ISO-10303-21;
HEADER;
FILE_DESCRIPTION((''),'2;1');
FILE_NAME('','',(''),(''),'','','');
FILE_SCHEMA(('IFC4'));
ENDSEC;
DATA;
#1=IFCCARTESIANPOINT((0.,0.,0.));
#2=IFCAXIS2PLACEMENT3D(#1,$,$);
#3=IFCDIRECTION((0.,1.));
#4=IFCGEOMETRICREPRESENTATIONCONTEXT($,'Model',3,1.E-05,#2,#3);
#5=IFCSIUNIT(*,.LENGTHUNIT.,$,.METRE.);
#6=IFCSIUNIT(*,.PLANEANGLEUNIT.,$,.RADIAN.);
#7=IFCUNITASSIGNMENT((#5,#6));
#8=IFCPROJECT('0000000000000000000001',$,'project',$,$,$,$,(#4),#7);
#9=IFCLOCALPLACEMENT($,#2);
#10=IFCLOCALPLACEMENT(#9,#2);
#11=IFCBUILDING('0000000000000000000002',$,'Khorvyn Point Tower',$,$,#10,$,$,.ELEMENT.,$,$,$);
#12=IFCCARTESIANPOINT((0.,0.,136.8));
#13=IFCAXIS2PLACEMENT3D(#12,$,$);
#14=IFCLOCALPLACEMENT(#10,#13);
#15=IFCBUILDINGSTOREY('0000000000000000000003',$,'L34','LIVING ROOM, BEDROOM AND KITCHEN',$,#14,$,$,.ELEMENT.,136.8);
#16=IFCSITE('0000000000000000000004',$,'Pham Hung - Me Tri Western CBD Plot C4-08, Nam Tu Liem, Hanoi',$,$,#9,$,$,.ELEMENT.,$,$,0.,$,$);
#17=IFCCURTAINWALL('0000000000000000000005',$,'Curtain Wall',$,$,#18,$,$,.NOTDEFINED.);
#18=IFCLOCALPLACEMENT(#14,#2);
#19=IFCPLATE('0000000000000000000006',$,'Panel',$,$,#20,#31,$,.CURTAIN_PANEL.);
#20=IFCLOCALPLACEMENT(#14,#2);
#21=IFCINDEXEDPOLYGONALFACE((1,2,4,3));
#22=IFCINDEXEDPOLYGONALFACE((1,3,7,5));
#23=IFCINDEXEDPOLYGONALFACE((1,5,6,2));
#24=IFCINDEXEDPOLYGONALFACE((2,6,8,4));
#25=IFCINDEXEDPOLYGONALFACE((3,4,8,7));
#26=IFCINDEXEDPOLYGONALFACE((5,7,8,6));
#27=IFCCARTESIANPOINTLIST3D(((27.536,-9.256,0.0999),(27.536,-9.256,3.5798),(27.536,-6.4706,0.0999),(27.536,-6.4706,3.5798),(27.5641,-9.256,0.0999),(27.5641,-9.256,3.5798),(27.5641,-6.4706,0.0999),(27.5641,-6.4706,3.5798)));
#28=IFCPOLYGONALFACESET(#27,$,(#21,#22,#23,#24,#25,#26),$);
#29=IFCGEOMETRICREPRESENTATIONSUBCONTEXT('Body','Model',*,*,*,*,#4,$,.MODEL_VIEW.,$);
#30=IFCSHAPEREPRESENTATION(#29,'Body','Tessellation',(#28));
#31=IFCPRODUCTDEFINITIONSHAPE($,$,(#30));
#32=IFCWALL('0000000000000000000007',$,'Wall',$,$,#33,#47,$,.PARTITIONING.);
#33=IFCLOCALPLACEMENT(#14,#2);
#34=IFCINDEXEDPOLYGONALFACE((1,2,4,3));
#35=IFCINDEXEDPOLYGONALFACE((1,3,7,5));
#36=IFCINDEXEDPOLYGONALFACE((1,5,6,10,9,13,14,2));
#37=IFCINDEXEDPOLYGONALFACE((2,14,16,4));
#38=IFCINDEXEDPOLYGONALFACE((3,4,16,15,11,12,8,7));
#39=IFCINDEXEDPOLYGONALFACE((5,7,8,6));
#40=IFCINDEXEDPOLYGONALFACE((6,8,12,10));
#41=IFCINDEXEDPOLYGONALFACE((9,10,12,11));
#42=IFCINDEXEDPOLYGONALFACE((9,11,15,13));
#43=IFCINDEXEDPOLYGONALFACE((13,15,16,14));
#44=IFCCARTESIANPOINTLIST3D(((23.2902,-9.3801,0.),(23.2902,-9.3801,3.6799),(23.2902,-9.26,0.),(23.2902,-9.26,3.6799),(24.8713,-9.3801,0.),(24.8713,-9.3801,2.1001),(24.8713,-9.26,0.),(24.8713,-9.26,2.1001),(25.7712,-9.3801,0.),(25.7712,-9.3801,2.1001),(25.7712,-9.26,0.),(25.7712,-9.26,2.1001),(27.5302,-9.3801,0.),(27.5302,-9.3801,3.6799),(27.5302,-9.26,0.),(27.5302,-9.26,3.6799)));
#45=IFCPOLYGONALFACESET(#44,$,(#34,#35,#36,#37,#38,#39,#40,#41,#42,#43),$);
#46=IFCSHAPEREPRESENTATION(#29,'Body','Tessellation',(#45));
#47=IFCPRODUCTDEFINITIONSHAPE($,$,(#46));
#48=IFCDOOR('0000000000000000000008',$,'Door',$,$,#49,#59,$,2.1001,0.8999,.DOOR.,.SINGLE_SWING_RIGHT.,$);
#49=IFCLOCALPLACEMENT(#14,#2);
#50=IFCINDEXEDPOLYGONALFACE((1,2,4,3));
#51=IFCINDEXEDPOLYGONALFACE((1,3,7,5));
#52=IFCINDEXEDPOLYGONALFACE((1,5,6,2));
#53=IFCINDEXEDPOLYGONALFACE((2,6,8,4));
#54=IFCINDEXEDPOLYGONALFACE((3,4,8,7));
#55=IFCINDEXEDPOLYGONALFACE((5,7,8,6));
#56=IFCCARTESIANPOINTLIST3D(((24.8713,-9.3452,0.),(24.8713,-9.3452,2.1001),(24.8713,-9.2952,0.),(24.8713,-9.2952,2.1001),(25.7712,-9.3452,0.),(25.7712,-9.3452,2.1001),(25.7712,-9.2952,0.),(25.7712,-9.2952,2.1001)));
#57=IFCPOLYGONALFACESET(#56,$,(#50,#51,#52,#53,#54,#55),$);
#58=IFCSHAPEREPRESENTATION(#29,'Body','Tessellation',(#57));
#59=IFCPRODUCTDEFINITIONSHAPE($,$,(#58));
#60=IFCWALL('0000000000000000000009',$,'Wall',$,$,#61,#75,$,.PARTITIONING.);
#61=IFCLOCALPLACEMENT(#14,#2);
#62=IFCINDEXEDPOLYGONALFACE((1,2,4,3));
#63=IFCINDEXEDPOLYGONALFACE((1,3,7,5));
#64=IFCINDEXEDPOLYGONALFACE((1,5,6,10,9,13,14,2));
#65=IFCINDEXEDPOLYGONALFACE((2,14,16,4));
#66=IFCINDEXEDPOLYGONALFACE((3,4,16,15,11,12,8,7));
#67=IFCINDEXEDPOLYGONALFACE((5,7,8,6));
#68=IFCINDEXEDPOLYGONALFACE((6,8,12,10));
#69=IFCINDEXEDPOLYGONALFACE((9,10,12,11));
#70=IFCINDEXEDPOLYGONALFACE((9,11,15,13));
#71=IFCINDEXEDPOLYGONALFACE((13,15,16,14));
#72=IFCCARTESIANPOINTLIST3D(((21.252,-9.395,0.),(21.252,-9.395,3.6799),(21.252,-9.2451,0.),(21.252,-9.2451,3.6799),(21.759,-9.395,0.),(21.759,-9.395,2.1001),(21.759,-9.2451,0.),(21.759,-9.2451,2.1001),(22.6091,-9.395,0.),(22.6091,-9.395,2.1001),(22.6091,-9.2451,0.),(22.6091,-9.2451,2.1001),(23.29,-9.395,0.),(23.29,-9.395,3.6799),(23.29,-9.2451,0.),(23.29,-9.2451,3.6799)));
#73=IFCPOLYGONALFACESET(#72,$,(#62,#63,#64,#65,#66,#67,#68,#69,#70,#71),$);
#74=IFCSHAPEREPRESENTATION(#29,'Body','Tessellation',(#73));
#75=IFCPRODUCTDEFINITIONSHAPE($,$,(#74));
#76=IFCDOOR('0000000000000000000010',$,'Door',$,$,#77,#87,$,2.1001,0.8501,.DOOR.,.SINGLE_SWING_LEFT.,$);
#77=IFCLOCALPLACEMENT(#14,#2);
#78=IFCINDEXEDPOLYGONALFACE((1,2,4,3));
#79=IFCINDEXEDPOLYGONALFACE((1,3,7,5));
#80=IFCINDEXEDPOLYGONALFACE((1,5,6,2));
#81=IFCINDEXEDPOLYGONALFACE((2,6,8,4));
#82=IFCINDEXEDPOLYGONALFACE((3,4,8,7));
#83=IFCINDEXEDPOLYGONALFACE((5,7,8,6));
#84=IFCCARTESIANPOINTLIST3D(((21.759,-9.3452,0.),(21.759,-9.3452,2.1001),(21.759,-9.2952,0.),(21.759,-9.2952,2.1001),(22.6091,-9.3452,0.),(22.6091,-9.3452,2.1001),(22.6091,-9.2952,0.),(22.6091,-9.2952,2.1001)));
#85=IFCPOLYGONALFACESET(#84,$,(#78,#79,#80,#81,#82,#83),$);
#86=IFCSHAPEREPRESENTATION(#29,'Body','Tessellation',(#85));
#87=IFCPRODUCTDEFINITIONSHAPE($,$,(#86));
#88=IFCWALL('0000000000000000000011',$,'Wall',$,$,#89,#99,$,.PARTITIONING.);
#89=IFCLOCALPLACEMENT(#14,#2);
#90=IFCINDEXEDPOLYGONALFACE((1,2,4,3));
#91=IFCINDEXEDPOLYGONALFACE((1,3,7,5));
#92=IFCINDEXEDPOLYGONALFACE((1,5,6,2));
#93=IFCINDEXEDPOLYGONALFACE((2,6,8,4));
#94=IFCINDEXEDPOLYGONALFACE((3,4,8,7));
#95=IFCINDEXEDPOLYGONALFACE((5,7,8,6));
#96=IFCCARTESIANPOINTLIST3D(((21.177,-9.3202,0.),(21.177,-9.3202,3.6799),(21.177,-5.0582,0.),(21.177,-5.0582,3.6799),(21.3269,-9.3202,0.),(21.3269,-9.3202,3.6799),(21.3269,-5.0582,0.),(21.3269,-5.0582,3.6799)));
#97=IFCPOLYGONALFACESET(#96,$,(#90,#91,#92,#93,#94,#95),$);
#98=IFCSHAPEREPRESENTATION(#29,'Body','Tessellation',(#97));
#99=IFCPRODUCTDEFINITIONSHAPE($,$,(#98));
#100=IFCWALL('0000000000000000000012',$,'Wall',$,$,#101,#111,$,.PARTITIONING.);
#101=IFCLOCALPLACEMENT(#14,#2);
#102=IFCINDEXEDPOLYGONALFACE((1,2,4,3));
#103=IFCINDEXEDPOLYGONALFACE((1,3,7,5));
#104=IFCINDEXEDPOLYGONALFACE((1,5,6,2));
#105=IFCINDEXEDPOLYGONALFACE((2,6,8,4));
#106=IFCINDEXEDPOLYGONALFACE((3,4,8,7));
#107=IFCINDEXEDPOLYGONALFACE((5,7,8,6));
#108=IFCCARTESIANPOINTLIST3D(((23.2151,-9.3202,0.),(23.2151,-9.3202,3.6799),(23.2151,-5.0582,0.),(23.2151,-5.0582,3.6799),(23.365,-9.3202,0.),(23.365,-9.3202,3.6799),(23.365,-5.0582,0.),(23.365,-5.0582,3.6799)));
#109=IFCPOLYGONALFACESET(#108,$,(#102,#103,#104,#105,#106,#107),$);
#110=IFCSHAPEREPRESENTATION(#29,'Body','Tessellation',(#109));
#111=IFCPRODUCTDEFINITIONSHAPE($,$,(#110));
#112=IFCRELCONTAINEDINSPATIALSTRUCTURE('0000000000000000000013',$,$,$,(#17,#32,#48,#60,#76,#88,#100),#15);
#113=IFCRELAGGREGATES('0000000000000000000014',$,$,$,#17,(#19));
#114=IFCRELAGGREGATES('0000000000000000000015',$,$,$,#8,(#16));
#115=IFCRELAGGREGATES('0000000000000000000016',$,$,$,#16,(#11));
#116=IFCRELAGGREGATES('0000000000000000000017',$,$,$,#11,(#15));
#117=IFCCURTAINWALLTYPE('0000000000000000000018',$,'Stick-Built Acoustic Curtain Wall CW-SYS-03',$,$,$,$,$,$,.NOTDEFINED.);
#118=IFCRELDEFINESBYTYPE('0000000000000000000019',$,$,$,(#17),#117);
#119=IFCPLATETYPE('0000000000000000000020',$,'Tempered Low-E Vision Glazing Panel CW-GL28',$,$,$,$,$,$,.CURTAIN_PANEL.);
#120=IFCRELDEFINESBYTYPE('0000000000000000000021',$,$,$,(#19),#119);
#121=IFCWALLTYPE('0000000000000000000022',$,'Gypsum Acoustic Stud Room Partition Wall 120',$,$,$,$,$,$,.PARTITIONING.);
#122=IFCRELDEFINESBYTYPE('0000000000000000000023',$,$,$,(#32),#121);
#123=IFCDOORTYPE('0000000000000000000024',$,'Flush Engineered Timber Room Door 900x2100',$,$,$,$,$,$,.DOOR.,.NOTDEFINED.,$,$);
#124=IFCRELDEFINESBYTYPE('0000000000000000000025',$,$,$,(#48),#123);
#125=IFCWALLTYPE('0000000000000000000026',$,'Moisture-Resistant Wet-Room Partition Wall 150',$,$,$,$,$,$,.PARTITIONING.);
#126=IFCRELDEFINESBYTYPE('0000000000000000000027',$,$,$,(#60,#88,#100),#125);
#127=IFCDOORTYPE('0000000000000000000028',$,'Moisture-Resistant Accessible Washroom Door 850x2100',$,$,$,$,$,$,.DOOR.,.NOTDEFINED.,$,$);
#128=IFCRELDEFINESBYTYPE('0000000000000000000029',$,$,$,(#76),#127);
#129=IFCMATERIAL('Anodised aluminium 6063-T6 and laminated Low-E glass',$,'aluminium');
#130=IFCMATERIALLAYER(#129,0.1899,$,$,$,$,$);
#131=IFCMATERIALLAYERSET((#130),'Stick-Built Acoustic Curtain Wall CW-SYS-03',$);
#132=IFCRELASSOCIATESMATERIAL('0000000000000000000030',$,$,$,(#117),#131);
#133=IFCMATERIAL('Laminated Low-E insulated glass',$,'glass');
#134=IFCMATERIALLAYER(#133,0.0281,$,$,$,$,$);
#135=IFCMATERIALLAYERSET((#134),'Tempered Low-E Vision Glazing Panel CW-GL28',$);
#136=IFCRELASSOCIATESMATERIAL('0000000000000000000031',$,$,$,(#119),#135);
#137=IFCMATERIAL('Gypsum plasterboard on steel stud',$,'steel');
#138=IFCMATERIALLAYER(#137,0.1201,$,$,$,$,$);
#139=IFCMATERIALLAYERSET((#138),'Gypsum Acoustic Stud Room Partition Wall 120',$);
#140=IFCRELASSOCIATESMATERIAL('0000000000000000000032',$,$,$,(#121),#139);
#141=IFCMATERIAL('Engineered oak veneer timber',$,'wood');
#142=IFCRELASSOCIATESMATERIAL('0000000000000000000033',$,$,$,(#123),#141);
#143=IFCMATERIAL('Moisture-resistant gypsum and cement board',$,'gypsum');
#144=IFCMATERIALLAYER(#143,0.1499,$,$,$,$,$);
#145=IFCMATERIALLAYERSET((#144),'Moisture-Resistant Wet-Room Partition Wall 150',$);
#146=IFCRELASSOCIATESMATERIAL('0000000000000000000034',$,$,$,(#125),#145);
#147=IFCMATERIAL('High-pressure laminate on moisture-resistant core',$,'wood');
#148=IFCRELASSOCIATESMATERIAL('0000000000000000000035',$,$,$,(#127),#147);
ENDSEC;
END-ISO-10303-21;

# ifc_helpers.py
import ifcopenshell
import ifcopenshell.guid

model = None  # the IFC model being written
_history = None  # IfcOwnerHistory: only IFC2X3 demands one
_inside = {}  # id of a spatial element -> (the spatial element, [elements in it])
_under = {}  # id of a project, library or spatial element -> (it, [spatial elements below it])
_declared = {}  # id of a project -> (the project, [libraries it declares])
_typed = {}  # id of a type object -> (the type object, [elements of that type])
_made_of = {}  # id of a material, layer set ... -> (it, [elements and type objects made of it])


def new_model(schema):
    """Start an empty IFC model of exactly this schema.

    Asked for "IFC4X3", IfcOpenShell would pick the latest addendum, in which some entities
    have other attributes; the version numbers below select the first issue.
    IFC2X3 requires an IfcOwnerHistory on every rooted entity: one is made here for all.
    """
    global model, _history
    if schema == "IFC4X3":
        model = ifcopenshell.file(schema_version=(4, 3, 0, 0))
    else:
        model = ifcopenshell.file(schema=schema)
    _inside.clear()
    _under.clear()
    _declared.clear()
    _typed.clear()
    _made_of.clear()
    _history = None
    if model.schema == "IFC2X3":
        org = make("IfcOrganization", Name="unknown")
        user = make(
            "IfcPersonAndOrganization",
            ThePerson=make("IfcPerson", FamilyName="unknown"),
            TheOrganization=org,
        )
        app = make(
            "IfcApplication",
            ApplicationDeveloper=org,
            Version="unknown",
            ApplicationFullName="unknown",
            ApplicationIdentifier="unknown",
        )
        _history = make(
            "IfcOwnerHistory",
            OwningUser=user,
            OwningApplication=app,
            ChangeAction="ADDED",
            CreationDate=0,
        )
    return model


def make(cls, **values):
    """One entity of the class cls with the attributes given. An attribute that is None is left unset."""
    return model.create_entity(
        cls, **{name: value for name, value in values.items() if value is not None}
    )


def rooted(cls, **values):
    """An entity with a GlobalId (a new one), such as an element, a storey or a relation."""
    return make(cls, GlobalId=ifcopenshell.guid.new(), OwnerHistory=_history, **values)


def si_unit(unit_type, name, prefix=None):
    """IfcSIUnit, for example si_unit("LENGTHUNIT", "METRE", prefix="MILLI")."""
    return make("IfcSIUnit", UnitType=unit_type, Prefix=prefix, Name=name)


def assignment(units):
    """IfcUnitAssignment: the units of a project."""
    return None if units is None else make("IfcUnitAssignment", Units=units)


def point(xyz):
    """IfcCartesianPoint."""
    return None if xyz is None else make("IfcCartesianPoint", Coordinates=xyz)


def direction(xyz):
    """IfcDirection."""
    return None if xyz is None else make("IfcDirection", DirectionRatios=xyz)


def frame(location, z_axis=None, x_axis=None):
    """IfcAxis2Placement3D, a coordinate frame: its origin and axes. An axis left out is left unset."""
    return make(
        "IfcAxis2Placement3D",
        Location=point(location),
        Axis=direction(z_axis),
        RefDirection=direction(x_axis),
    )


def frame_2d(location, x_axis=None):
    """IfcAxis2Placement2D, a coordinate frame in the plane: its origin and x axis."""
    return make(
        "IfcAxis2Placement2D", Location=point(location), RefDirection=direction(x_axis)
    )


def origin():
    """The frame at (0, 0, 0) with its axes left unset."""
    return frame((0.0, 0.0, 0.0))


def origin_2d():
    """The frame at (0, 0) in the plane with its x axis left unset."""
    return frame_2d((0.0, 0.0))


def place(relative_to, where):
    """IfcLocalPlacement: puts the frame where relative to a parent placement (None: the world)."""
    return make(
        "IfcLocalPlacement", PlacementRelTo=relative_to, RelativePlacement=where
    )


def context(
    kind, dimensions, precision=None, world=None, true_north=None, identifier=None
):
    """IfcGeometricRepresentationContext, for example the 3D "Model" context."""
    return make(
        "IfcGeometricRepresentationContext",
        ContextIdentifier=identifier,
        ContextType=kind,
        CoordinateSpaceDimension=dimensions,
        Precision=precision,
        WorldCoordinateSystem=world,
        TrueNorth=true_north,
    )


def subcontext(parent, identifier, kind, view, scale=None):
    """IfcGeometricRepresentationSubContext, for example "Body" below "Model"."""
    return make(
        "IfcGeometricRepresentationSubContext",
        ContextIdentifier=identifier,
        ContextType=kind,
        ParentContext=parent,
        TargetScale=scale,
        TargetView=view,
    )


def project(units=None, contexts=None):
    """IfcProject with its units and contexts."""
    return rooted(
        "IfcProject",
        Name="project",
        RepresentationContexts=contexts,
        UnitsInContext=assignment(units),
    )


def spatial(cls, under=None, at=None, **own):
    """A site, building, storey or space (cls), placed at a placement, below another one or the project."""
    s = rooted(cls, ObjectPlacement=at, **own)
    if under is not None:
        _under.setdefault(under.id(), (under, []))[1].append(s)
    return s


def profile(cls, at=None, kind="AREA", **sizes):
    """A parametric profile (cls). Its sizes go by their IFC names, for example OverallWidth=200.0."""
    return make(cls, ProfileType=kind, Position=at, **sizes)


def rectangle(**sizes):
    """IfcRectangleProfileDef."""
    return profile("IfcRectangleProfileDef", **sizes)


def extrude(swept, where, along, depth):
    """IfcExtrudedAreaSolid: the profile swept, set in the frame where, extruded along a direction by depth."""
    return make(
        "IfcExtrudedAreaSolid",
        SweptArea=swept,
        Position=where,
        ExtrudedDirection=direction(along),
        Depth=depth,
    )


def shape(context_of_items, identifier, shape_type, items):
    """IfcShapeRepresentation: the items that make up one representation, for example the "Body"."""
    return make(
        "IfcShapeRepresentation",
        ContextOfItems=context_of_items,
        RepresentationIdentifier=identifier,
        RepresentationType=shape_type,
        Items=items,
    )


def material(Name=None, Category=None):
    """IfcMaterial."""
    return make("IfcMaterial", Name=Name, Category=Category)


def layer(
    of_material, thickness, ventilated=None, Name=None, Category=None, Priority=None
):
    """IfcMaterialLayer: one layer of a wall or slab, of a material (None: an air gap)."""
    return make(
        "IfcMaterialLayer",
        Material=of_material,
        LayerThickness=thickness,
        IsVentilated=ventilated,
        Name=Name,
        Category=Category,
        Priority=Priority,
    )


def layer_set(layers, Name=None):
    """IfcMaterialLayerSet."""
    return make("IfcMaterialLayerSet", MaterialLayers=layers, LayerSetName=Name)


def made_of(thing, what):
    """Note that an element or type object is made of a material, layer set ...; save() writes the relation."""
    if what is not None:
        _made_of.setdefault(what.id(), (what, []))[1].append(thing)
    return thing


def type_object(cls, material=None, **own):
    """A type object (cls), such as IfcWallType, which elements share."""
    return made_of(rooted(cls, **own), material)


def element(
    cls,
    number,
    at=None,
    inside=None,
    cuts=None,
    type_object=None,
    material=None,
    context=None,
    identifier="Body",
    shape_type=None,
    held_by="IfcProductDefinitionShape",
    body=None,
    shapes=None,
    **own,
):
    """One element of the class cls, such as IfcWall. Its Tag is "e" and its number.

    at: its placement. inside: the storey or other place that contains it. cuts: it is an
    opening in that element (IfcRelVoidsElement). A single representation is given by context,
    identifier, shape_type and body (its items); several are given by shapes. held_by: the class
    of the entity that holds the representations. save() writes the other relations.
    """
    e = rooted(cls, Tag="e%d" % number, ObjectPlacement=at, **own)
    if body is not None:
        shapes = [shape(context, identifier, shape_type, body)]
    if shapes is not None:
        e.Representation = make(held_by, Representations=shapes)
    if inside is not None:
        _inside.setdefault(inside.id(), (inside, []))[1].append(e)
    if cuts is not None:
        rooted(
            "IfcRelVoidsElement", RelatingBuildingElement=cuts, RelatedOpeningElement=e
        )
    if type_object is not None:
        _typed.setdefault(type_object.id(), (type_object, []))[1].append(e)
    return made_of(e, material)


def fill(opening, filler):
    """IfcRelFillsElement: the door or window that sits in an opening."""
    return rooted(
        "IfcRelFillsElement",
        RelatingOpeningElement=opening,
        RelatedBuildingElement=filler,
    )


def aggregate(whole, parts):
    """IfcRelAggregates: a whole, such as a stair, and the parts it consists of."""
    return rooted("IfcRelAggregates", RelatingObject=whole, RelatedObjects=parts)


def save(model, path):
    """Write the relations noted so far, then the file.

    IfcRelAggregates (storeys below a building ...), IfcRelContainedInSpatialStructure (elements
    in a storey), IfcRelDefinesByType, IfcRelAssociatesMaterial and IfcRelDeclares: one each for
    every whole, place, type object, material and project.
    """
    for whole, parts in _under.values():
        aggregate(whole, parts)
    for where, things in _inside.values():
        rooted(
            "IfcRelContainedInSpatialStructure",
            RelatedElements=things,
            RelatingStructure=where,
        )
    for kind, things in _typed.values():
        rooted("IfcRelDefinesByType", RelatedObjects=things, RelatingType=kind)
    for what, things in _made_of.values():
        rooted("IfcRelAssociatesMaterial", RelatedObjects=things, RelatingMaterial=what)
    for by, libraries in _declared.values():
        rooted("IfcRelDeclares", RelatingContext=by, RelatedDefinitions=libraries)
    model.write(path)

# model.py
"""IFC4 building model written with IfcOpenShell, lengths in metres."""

from ifc_helpers import new_model, si_unit, direction, frame, frame_2d, origin, origin_2d, place, context, subcontext, project, spatial, rectangle, extrude, material, layer, layer_set, type_object, element, fill, aggregate, save


model = new_model("IFC4")

# Units and contexts
model_context = context("Model", 3, precision=1e-05, world=origin(), true_north=direction((0.0, 1.0)))
body_context = subcontext(model_context, "Body", "Model", "MODEL_VIEW")
ifc_project = project(units=[si_unit("LENGTHUNIT", "METRE"), si_unit("PLANEANGLEUNIT", "RADIAN")], contexts=[model_context])

# Site, building, storey
site_placement = place(None, origin())
site = spatial("IfcSite", under=ifc_project, at=site_placement, Name="Pham Hung - Me Tri Western CBD Plot C4-08, Nam Tu Liem, Hanoi", CompositionType="ELEMENT", RefElevation=0.0)
building_placement = place(site_placement, origin())
building = spatial("IfcBuilding", under=site, at=building_placement, Name="Khorvyn Point Tower", CompositionType="ELEMENT")
storey_placement = place(building_placement, frame((0.0, 0.0, 136.8)))
storey = spatial("IfcBuildingStorey", under=building, at=storey_placement, Name="L34", Description="LIVING ROOM, BEDROOM AND KITCHEN", CompositionType="ELEMENT", Elevation=136.8)

# Curtain wall
ifc_material_1 = material(Name="Anodised aluminium 6063-T6 and laminated Low-E glass", Category="aluminium")
ifc_layer_1 = layer(ifc_material_1, 0.1899)
ifc_layer_set_1 = layer_set([ifc_layer_1], Name="Stick-Built Acoustic Curtain Wall CW-SYS-03")
curtain_wall_type = type_object("IfcCurtainWallType", Name="Stick-Built Acoustic Curtain Wall CW-SYS-03", PredefinedType="NOTDEFINED", material=ifc_layer_set_1)
curtain_wall_placement = place(storey_placement, origin())
curtain_wall = element("IfcCurtainWall", 1, at=curtain_wall_placement, inside=storey, type_object=curtain_wall_type, Name="Curtain Wall", PredefinedType="NOTDEFINED")

# Plate
ifc_material_2 = material(Name="Laminated Low-E insulated glass", Category="glass")
ifc_layer_2 = layer(ifc_material_2, 0.0281)
ifc_layer_set_2 = layer_set([ifc_layer_2], Name="Tempered Low-E Vision Glazing Panel CW-GL28")
plate_type = type_object("IfcPlateType", Name="Tempered Low-E Vision Glazing Panel CW-GL28", PredefinedType="CURTAIN_PANEL", material=ifc_layer_set_2)
plate_1_placement = place(storey_placement, frame((27.55, -7.8633, 0.0999), z_axis=(0.0, 0.0, 1.0), x_axis=(0.0, -1.0, 0.0)))
plate_1 = element("IfcPlate", 2, at=plate_1_placement, type_object=plate_type, Name="Panel", PredefinedType="CURTAIN_PANEL", context=body_context, shape_type="SweptSolid", body=[
    extrude(rectangle(XDim=2.7854, YDim=0.0281, at=origin_2d()), origin(), (0.0, 0.0, 1.0), 3.48),
])
aggregate(curtain_wall, [plate_1])

# Walls, openings, doors
ifc_material_3 = material(Name="Gypsum plasterboard on steel stud", Category="steel")
ifc_layer_3 = layer(ifc_material_3, 0.1201)
ifc_layer_set_3 = layer_set([ifc_layer_3], Name="Gypsum Acoustic Stud Room Partition Wall 120")
wall_type_1 = type_object("IfcWallType", Name="Gypsum Acoustic Stud Room Partition Wall 120", PredefinedType="PARTITIONING", material=ifc_layer_set_3)
wall_1_placement = place(storey_placement, frame((23.29, -9.3201, 0.0), z_axis=(0.0, 0.0, 1.0), x_axis=(1.0, 0.0, 0.0)))
wall_1 = element("IfcWall", 3, at=wall_1_placement, inside=storey, type_object=wall_type_1, Name="Wall", PredefinedType="PARTITIONING", context=body_context, shape_type="SweptSolid", body=[
    extrude(rectangle(XDim=4.24, YDim=0.1201, at=frame_2d((2.1201, 0.0))), origin(), (0.0, 0.0, 1.0), 3.6799),
])
opening_1_placement = place(wall_1_placement, frame((1.5813, 0.0, 0.0)))
opening_1 = element("IfcOpeningElement", 4, at=opening_1_placement, cuts=wall_1, PredefinedType="OPENING", context=body_context, shape_type="SweptSolid", body=[
    extrude(rectangle(XDim=0.8999, YDim=2.1001, at=frame_2d((0.45, 1.05))), frame((0.0, 0.0701, 0.0), z_axis=(0.0, -1.0, 0.0), x_axis=(1.0, 0.0, 0.0)), (0.0, 0.0, 1.0), 0.1401),
])
ifc_material_4 = material(Name="Engineered oak veneer timber", Category="wood")
door_type_1 = type_object("IfcDoorType", Name="Flush Engineered Timber Room Door 900x2100", OperationType="NOTDEFINED", PredefinedType="DOOR", material=ifc_material_4)
door_1_placement = place(opening_1_placement, origin())
door_1 = element("IfcDoor", 5, at=door_1_placement, inside=storey, type_object=door_type_1, Name="Door", OperationType="SINGLE_SWING_RIGHT", OverallHeight=2.1001, OverallWidth=0.8999, PredefinedType="DOOR", context=body_context, shape_type="SweptSolid", body=[
    extrude(rectangle(XDim=0.8999, YDim=2.1001, at=frame_2d((0.45, 1.05))), frame((0.0, 0.0249, 0.0), z_axis=(0.0, -1.0, 0.0), x_axis=(1.0, 0.0, 0.0)), (0.0, 0.0, 1.0), 0.05),
])
fill(opening_1, door_1)
ifc_material_5 = material(Name="Moisture-resistant gypsum and cement board", Category="gypsum")
ifc_layer_4 = layer(ifc_material_5, 0.1499)
ifc_layer_set_4 = layer_set([ifc_layer_4], Name="Moisture-Resistant Wet-Room Partition Wall 150")
wall_type_2 = type_object("IfcWallType", Name="Moisture-Resistant Wet-Room Partition Wall 150", PredefinedType="PARTITIONING", material=ifc_layer_set_4)
wall_2_placement = place(storey_placement, frame((21.252, -9.3201, 0.0), z_axis=(0.0, 0.0, 1.0), x_axis=(1.0, 0.0, 0.0)))
wall_2 = element("IfcWall", 6, at=wall_2_placement, inside=storey, type_object=wall_type_2, Name="Wall", PredefinedType="PARTITIONING", context=body_context, shape_type="SweptSolid", body=[
    extrude(rectangle(XDim=2.0381, YDim=0.1499, at=frame_2d((1.019, 0.0))), origin(), (0.0, 0.0, 1.0), 3.6799),
])
opening_2_placement = place(wall_2_placement, frame((0.5071, 0.0, 0.0)))
opening_2 = element("IfcOpeningElement", 7, at=opening_2_placement, cuts=wall_2, PredefinedType="OPENING", context=body_context, shape_type="SweptSolid", body=[
    extrude(rectangle(XDim=0.8501, YDim=2.1001, at=frame_2d((0.425, 1.05))), frame((0.0, 0.085, 0.0), z_axis=(0.0, -1.0, 0.0), x_axis=(1.0, 0.0, 0.0)), (0.0, 0.0, 1.0), 0.1699),
])
ifc_material_6 = material(Name="High-pressure laminate on moisture-resistant core", Category="wood")
door_type_2 = type_object("IfcDoorType", Name="Moisture-Resistant Accessible Washroom Door 850x2100", OperationType="NOTDEFINED", PredefinedType="DOOR", material=ifc_material_6)
door_2_placement = place(opening_2_placement, origin())
door_2 = element("IfcDoor", 8, at=door_2_placement, inside=storey, type_object=door_type_2, Name="Door", OperationType="SINGLE_SWING_LEFT", OverallHeight=2.1001, OverallWidth=0.8501, PredefinedType="DOOR", context=body_context, shape_type="SweptSolid", body=[
    extrude(rectangle(XDim=0.8501, YDim=2.1001, at=frame_2d((0.425, 1.05))), frame((0.0, 0.0249, 0.0), z_axis=(0.0, -1.0, 0.0), x_axis=(1.0, 0.0, 0.0)), (0.0, 0.0, 1.0), 0.05),
])
fill(opening_2, door_2)

# Walls
for number, where, z_axis, x_axis, name in (
    (9, (21.252, -9.3201, 0.0), (0.0, 0.0, 1.0), (0.0, 1.0, 0.0), "Wall"),
    (10, (23.29, -9.3201, 0.0), (0.0, 0.0, 1.0), (0.0, 1.0, 0.0), "Wall"),
):
    element("IfcWall", number, at=place(storey_placement, frame(where, z_axis=z_axis, x_axis=x_axis)), inside=storey, type_object=wall_type_2, Name=name, PredefinedType="PARTITIONING", context=body_context, shape_type="SweptSolid", body=[
        extrude(rectangle(XDim=4.262, YDim=0.1499, at=frame_2d((2.1309, 0.0))), origin(), (0.0, 0.0, 1.0), 3.6799),
    ])

save(model, "model.ifc")
